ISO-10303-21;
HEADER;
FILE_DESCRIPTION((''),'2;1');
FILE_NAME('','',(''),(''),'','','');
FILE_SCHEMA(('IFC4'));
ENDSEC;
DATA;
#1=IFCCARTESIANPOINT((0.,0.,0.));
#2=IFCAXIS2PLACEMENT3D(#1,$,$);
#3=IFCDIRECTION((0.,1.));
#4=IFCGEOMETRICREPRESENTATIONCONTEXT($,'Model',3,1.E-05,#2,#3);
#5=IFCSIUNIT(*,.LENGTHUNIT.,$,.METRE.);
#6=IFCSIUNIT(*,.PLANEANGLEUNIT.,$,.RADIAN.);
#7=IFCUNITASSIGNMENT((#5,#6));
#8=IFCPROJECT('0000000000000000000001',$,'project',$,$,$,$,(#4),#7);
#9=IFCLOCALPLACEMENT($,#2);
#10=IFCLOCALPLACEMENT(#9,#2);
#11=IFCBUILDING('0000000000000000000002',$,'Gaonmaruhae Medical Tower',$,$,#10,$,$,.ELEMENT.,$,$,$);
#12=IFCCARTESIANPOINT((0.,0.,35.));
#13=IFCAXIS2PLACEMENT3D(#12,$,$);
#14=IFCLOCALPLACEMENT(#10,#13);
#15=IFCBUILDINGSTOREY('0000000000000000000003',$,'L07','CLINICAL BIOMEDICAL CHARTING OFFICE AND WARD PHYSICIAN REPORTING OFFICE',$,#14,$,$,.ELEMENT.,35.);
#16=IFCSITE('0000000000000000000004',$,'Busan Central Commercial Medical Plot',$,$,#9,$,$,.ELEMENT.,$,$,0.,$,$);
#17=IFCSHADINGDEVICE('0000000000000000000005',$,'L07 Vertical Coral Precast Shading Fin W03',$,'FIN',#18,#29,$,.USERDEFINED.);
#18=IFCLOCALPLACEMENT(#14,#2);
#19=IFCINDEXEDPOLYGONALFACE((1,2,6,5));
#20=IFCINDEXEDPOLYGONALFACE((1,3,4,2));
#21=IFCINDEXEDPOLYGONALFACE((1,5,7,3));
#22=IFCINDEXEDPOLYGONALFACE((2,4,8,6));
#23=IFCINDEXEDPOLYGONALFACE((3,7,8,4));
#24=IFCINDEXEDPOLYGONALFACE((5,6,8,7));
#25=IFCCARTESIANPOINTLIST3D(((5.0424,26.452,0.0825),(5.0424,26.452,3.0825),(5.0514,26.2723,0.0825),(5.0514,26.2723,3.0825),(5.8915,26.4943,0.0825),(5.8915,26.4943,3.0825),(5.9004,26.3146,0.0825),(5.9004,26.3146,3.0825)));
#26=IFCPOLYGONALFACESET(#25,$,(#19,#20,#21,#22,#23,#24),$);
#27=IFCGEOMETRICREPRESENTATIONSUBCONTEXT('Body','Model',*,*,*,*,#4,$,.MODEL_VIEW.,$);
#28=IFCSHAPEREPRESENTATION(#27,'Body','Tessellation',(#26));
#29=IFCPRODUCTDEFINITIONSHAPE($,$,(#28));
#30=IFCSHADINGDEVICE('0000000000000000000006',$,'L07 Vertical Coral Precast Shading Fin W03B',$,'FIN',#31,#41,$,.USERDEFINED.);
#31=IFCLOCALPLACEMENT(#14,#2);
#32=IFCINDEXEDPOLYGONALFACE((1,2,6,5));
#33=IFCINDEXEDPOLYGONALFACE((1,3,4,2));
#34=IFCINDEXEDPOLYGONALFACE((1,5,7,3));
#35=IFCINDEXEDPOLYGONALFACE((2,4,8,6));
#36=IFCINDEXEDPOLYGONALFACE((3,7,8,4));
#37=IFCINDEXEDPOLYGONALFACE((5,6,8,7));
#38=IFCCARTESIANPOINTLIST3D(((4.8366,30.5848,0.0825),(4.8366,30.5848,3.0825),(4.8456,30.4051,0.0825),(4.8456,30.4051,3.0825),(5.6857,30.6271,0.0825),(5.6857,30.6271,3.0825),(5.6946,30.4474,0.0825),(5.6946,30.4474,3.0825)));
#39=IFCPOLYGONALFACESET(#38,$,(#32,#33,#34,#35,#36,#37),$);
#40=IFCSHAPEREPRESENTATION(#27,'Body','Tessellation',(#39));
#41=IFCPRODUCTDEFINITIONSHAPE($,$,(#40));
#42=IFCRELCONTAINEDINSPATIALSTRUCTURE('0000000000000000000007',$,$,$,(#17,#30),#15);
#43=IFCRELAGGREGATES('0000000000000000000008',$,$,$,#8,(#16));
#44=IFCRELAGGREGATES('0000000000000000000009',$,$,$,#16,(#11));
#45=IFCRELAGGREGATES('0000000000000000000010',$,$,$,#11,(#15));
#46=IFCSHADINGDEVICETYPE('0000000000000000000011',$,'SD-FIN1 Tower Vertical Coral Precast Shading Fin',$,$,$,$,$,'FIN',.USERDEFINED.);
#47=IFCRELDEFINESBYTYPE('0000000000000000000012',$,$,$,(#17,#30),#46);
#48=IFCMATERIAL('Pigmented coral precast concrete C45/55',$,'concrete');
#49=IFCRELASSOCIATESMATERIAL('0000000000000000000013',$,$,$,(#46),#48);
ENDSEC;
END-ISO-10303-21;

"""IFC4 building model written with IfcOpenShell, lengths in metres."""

from ifc_helpers import new_model, si_unit, direction, frame, origin, origin_2d, place, context, subcontext, project, spatial, rectangle, extrude, material, type_object, element, save


model = new_model("IFC4")

# Units and contexts
model_context = context("Model", 3, precision=1e-05, world=origin(), true_north=direction((0.0, 1.0)))
body_context = subcontext(model_context, "Body", "Model", "MODEL_VIEW")
ifc_project = project(units=[si_unit("LENGTHUNIT", "METRE"), si_unit("PLANEANGLEUNIT", "RADIAN")], contexts=[model_context])

# Site, building, storey
site_placement = place(None, origin())
site = spatial("IfcSite", under=ifc_project, at=site_placement, Name="Busan Central Commercial Medical Plot", CompositionType="ELEMENT", RefElevation=0.0)
building_placement = place(site_placement, origin())
building = spatial("IfcBuilding", under=site, at=building_placement, Name="Gaonmaruhae Medical Tower", CompositionType="ELEMENT")
storey_placement = place(building_placement, frame((0.0, 0.0, 35.0)))
storey = spatial("IfcBuildingStorey", under=building, at=storey_placement, Name="L07", Description="CLINICAL BIOMEDICAL CHARTING OFFICE AND WARD PHYSICIAN REPORTING OFFICE", CompositionType="ELEMENT", Elevation=35.0)

# Shading devices
ifc_material_1 = material(Name="Pigmented coral precast concrete C45/55", Category="concrete")
shading_device_type = type_object("IfcShadingDeviceType", Name="SD-FIN1 Tower Vertical Coral Precast Shading Fin", ElementType="FIN", PredefinedType="USERDEFINED", material=ifc_material_1)
for number, where, z_axis, x_axis, name in (
    (1, (5.4714, 26.3833, 0.0825), (0.0, 0.0, 1.0), (-0.049721, 0.998763, 0.0), "L07 Vertical Coral Precast Shading Fin W03"),
    (2, (5.2656, 30.5161, 0.0825), (0.0, 0.0, 1.0), (-0.049721, 0.998763, 0.0), "L07 Vertical Coral Precast Shading Fin W03B"),
):
    element("IfcShadingDevice", number, at=place(storey_placement, frame(where, z_axis=z_axis, x_axis=x_axis)), inside=storey, type_object=shading_device_type, Name=name, ObjectType="FIN", PredefinedType="USERDEFINED", context=body_context, shape_type="SweptSolid", body=[
        extrude(rectangle(XDim=0.1799, YDim=0.8501, at=origin_2d()), origin(), (0.0, 0.0, 1.0), 3.0),
    ])

save(model, "model.ifc")
